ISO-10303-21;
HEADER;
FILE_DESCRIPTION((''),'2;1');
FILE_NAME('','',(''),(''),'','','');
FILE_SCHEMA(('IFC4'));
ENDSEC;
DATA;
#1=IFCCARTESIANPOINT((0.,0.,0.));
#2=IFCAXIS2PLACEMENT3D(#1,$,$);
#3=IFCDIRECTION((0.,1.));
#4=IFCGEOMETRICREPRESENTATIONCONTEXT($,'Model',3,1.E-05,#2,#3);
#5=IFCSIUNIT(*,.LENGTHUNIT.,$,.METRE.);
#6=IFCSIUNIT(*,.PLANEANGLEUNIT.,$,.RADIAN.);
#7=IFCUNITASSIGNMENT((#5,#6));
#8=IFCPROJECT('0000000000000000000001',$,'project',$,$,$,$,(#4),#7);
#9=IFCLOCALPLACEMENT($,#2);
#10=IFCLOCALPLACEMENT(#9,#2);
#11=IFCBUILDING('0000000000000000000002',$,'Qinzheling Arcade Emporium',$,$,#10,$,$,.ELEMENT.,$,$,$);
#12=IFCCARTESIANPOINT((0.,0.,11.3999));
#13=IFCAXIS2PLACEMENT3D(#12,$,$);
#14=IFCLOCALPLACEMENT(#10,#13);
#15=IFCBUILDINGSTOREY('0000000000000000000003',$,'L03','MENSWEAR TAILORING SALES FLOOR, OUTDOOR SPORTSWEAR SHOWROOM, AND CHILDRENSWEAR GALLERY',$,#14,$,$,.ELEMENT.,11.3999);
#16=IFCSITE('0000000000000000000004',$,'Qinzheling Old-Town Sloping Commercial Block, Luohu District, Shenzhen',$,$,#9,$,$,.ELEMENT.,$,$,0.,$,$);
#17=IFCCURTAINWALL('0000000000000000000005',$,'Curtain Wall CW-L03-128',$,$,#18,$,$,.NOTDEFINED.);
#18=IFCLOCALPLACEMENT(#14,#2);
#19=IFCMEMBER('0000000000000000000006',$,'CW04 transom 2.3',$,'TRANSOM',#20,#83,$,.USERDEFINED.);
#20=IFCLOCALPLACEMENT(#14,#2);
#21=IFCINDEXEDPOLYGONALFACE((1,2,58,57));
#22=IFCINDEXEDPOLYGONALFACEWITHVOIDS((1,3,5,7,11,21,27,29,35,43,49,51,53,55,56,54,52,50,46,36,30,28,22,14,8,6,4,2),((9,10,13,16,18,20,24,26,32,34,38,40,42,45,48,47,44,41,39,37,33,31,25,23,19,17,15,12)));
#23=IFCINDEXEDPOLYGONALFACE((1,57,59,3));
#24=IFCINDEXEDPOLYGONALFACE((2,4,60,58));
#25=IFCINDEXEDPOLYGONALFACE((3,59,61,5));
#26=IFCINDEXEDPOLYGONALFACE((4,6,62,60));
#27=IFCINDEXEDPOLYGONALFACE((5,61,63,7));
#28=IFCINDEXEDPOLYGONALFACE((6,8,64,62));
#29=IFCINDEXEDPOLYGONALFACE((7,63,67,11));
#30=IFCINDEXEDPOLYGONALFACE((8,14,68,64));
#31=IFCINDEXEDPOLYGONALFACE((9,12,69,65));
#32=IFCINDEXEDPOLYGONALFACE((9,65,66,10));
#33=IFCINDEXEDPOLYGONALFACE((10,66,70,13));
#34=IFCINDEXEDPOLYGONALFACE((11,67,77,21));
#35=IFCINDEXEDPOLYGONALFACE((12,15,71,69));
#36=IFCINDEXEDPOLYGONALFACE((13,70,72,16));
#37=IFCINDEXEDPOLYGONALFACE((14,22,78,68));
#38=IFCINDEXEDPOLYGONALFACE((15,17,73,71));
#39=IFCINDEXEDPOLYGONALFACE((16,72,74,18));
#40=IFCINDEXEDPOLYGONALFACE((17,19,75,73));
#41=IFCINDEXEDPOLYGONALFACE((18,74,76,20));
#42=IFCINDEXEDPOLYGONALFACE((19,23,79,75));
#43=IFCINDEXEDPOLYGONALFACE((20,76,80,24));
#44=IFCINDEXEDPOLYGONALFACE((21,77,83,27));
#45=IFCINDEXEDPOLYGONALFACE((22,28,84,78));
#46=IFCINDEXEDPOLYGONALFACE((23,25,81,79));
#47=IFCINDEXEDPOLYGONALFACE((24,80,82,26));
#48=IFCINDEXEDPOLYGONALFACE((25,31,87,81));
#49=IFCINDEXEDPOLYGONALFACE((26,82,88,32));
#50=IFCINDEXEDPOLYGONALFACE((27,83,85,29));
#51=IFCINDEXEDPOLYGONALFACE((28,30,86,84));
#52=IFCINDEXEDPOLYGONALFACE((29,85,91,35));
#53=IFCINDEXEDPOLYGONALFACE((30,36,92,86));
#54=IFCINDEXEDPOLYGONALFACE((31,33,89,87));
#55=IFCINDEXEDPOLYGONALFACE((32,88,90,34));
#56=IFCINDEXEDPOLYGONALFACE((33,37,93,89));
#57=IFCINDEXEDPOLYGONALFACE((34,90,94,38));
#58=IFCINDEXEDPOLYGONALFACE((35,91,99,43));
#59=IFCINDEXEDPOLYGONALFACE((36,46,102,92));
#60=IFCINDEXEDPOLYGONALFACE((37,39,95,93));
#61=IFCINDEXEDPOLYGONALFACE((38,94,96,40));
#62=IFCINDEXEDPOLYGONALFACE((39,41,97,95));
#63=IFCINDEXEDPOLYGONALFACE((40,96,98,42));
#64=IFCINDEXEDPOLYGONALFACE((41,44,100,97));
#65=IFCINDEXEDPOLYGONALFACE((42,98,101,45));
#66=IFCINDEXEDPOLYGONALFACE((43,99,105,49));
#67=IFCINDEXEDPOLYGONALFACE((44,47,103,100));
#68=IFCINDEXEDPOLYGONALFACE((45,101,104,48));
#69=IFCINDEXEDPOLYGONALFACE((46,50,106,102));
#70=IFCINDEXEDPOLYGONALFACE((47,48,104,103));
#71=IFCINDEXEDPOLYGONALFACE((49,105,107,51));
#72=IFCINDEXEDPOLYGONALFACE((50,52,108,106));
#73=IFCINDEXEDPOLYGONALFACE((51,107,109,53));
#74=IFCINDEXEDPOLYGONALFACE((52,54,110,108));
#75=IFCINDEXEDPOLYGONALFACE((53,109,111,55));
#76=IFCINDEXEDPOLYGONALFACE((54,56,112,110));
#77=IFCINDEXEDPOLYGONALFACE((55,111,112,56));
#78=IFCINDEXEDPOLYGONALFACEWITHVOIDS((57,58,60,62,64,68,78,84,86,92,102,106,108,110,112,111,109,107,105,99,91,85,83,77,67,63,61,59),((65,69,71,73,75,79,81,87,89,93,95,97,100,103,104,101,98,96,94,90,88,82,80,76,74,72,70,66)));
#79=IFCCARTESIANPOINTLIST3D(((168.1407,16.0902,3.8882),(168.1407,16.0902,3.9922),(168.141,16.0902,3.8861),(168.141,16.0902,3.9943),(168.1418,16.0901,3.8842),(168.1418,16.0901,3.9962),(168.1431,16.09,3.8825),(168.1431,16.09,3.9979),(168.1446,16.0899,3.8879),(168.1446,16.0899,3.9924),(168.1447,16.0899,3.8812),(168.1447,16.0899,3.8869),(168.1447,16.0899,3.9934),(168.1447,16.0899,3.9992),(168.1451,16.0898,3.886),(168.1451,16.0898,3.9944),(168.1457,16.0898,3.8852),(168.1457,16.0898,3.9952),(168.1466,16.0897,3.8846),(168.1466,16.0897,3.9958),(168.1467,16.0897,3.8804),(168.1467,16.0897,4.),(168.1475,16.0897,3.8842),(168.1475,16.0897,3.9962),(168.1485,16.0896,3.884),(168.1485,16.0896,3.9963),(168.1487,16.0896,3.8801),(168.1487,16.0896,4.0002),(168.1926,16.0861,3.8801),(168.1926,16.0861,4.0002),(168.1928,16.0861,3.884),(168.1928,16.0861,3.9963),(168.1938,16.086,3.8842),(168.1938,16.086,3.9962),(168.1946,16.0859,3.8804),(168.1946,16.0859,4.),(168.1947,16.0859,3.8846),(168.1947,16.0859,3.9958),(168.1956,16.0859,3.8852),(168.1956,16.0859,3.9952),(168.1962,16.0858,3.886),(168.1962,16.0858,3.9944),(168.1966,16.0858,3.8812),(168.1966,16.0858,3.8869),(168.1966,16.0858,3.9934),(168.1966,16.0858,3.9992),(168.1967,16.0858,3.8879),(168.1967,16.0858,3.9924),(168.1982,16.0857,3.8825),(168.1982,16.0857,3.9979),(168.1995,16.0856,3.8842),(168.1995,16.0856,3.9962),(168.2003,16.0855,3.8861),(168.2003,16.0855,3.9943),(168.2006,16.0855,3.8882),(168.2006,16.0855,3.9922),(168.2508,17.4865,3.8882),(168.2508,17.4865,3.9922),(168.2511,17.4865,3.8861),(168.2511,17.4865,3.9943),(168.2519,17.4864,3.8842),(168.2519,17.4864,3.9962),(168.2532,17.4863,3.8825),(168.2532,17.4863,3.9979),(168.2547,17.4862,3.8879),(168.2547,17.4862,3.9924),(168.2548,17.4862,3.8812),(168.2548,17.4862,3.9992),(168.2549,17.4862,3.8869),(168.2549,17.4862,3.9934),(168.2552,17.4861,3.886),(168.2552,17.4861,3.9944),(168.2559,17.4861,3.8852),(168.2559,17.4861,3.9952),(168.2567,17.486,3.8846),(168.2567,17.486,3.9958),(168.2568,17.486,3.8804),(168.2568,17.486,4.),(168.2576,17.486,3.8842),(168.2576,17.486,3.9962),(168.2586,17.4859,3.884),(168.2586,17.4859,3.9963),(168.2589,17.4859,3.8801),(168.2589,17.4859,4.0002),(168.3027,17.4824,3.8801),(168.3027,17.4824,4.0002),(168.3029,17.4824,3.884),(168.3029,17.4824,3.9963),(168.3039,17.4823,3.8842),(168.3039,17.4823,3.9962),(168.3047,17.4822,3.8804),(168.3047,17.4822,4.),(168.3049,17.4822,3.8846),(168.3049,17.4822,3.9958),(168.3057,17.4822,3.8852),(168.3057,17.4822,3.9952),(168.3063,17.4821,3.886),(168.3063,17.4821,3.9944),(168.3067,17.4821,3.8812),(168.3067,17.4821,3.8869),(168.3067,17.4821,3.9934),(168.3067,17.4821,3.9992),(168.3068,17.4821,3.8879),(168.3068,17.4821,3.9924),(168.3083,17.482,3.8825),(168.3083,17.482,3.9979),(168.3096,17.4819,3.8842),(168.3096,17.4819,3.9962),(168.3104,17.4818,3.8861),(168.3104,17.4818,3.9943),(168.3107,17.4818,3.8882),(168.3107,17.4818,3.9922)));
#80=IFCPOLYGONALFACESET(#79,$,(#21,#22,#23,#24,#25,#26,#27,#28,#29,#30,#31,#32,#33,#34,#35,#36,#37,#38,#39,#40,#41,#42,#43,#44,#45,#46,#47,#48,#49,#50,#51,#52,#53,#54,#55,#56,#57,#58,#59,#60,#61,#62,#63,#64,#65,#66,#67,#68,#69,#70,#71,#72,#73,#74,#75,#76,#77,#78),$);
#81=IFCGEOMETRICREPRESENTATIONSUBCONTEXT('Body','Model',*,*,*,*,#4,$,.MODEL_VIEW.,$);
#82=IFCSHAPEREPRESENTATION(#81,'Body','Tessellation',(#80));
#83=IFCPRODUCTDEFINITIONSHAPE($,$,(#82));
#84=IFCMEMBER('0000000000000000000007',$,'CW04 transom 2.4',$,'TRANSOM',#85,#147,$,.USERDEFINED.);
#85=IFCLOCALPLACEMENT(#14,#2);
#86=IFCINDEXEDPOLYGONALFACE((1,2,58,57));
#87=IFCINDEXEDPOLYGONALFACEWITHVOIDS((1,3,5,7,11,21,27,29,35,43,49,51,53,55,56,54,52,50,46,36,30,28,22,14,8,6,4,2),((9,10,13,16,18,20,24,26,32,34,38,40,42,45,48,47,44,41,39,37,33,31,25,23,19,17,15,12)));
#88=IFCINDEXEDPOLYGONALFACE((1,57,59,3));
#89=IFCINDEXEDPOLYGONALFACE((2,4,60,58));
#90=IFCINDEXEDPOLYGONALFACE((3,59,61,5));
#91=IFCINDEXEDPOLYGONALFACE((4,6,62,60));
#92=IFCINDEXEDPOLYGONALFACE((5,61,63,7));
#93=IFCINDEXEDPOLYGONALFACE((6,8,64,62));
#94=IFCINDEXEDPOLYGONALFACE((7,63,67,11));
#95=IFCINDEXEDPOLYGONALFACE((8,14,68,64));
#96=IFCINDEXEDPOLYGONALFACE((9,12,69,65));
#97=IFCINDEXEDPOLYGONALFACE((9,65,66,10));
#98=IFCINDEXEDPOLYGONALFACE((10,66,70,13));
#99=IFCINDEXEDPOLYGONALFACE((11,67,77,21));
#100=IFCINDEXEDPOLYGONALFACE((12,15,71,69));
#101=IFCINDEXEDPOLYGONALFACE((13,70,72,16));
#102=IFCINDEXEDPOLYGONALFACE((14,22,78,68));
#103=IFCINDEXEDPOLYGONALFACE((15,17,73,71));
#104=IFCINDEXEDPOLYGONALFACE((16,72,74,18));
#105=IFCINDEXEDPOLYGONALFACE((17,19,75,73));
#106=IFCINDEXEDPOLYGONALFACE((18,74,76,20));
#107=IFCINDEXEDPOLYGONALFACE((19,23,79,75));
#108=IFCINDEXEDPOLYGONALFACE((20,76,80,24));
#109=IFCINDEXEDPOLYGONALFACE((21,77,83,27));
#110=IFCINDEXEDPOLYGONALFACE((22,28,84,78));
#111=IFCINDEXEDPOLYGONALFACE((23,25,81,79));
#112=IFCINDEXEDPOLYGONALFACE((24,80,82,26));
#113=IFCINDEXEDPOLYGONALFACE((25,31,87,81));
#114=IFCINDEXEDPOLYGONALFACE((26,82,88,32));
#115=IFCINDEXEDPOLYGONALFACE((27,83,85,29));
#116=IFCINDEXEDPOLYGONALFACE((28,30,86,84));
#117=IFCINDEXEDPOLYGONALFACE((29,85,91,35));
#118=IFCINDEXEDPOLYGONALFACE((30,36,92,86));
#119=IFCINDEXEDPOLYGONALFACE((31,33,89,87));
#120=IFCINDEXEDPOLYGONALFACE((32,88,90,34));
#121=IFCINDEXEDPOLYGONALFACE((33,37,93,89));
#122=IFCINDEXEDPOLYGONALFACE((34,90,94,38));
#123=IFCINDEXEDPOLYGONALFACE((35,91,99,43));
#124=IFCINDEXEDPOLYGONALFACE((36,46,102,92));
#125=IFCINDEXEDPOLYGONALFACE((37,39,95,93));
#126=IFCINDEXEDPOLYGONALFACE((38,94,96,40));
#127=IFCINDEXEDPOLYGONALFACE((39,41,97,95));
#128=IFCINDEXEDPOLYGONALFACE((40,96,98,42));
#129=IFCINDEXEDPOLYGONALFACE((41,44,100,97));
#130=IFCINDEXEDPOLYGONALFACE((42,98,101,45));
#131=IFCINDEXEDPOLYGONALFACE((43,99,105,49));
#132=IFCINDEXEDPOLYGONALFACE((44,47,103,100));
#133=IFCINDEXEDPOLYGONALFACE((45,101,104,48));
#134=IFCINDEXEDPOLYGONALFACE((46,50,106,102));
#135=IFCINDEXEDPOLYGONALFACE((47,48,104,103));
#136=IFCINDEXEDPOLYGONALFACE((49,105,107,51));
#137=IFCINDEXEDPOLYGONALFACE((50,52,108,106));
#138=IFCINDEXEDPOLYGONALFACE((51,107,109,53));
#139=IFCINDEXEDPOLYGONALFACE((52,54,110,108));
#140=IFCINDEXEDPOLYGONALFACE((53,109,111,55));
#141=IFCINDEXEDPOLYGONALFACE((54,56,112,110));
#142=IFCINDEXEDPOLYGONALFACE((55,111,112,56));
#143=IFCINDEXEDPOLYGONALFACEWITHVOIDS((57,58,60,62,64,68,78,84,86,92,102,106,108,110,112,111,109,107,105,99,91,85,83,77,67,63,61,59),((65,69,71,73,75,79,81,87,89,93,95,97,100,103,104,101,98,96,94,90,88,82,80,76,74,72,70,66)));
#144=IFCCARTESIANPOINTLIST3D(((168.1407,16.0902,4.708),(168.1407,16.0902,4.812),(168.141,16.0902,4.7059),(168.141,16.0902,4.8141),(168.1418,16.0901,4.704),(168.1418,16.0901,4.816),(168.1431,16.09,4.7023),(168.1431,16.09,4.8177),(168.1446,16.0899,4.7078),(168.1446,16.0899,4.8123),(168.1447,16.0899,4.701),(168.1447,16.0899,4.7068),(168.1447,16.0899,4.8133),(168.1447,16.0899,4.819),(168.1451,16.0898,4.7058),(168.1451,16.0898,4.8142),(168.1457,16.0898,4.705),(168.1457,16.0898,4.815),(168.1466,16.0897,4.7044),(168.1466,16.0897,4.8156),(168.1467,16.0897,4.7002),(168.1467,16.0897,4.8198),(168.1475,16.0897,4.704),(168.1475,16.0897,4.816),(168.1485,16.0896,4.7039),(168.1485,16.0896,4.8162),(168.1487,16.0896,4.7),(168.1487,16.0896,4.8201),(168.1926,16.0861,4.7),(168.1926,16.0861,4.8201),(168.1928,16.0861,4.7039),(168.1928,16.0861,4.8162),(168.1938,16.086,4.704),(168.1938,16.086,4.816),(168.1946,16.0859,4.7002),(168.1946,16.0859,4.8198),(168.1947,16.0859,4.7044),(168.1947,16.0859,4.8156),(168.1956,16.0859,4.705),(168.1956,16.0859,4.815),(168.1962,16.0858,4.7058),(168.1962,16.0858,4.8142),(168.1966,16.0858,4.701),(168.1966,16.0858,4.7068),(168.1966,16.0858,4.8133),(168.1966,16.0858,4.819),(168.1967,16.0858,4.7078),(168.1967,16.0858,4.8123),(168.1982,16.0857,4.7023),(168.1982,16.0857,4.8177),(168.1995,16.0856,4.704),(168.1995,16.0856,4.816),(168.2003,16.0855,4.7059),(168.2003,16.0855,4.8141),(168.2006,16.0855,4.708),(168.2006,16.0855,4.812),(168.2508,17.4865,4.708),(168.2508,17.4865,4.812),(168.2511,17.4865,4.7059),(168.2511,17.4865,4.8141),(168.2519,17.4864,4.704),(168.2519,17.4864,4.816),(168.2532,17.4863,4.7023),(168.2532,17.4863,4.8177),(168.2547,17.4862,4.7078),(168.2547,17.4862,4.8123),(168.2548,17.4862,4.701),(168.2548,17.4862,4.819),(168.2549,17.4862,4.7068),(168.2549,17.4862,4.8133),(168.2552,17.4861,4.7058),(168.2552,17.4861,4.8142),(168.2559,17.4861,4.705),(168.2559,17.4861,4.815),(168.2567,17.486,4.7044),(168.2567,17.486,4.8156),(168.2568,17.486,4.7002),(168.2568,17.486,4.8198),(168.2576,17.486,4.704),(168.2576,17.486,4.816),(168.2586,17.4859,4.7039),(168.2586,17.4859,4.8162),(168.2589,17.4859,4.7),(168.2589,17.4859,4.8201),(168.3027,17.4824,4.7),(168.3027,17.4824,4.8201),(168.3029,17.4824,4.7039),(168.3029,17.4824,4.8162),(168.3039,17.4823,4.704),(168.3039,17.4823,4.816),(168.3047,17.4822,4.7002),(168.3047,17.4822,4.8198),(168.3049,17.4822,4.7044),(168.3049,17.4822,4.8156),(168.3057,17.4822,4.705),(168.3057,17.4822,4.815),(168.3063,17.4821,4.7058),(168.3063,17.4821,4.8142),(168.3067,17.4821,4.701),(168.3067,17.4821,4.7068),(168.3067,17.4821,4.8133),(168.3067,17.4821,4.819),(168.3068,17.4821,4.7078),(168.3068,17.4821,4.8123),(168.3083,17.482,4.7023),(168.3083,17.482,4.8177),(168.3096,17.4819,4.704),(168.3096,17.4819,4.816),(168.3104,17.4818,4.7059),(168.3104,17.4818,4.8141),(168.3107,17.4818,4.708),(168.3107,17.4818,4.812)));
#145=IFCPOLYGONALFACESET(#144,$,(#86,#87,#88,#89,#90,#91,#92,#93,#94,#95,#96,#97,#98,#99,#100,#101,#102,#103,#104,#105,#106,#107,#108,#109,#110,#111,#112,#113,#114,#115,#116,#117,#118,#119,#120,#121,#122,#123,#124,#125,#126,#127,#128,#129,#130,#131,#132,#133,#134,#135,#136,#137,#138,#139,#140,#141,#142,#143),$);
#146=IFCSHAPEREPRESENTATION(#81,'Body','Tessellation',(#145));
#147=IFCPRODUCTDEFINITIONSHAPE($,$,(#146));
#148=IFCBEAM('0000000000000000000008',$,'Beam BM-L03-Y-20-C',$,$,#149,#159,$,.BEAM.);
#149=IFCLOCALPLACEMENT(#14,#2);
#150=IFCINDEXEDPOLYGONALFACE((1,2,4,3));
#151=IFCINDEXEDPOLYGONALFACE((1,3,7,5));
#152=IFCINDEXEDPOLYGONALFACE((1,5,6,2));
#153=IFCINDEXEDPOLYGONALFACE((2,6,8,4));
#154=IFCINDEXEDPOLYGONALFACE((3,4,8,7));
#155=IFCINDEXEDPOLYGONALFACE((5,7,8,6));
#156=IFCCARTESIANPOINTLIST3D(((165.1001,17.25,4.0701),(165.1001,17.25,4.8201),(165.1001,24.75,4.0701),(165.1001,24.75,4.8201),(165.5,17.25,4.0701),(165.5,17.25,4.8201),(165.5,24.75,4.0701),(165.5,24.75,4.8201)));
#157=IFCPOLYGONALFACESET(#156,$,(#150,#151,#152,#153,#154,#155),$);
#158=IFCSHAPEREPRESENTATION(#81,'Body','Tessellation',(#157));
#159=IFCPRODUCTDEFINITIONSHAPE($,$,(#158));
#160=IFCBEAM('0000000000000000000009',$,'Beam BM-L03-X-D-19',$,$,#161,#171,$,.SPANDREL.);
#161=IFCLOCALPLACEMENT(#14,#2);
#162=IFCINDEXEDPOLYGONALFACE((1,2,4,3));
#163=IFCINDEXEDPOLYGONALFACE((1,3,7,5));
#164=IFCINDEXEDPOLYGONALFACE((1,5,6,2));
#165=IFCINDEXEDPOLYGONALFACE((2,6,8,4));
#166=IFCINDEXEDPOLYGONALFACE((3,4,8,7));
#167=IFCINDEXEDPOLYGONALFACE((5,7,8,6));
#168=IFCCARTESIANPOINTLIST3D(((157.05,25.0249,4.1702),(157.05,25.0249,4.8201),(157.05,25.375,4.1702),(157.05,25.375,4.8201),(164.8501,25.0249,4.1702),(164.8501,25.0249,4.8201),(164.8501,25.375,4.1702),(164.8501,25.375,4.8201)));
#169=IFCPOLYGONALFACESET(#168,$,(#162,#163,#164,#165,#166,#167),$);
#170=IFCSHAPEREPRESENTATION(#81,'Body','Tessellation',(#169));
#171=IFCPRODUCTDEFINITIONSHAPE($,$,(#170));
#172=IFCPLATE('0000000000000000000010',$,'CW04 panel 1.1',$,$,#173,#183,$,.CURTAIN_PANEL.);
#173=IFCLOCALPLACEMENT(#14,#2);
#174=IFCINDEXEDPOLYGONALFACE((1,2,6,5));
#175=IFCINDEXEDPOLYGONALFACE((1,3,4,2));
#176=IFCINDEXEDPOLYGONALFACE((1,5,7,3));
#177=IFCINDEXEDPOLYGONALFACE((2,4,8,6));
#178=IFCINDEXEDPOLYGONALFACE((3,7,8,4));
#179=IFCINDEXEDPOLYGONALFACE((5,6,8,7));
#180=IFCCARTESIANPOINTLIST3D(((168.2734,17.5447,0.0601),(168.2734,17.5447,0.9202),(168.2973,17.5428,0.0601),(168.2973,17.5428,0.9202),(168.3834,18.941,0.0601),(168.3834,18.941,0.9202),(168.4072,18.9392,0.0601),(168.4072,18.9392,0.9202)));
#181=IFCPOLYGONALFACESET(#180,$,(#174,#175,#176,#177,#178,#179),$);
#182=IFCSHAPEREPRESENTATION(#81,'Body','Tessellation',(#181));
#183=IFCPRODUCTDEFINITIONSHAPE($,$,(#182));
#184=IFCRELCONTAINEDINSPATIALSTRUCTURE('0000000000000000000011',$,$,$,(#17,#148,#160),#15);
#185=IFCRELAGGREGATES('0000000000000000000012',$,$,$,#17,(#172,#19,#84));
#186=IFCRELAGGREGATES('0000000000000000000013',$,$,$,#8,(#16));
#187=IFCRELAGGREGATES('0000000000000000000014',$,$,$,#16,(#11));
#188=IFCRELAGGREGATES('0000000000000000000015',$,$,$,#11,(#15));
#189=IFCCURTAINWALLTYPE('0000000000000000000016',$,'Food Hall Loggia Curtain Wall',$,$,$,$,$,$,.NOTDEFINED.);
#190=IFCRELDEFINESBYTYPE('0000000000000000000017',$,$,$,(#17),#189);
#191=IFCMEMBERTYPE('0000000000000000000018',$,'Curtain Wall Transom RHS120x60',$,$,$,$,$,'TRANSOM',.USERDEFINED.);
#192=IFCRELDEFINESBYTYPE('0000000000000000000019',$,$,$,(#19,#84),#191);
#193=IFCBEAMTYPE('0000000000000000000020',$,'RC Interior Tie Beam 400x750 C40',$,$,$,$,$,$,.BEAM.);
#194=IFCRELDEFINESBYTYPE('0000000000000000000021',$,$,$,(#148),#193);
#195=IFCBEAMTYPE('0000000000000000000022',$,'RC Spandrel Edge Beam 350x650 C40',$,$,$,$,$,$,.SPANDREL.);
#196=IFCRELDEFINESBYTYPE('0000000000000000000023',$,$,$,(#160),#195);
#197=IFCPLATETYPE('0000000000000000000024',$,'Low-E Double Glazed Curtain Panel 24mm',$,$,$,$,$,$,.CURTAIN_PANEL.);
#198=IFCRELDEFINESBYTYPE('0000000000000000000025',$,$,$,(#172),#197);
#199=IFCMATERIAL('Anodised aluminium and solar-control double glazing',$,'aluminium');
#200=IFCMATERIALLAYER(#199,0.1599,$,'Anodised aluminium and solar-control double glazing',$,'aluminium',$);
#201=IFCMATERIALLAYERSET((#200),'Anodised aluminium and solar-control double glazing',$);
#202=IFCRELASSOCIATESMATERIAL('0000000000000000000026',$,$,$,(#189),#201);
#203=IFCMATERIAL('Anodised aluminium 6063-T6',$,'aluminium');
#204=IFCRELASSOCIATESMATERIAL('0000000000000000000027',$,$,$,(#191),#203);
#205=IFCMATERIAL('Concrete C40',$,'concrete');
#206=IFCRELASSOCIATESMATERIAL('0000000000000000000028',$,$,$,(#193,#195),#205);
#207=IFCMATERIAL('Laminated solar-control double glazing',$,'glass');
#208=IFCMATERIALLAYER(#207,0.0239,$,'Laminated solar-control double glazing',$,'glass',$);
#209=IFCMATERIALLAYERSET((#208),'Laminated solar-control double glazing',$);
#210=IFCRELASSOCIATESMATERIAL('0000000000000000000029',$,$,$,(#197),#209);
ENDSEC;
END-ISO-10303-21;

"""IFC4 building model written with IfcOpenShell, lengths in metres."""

from ifc_helpers import new_model, si_unit, direction, frame, origin, origin_2d, place, context, subcontext, project, spatial, rectangle, hollow_rectangle, extrude, material, layer, layer_set, material_profile, profile_set, type_object, element, aggregate, save


model = new_model("IFC4")

# Units and contexts
model_context = context("Model", 3, precision=1e-05, world=origin(), true_north=direction((0.0, 1.0)))
body_context = subcontext(model_context, "Body", "Model", "MODEL_VIEW")
ifc_project = project(units=[si_unit("LENGTHUNIT", "METRE"), si_unit("PLANEANGLEUNIT", "RADIAN")], contexts=[model_context])

# Site, building, storey
site_placement = place(None, origin())
site = spatial("IfcSite", under=ifc_project, at=site_placement, Name="Qinzheling Old-Town Sloping Commercial Block, Luohu District, Shenzhen", CompositionType="ELEMENT", RefElevation=0.0)
building_placement = place(site_placement, origin())
building = spatial("IfcBuilding", under=site, at=building_placement, Name="Qinzheling Arcade Emporium", CompositionType="ELEMENT")
storey_placement = place(building_placement, frame((0.0, 0.0, 11.3999)))
storey = spatial("IfcBuildingStorey", under=building, at=storey_placement, Name="L03", Description="MENSWEAR TAILORING SALES FLOOR, OUTDOOR SPORTSWEAR SHOWROOM, AND CHILDRENSWEAR GALLERY", CompositionType="ELEMENT", Elevation=11.3999)

# Curtain wall, members
ifc_material_1 = material(Name="Anodised aluminium and solar-control double glazing", Category="aluminium")
ifc_layer_1 = layer(ifc_material_1, 0.1599, Name="Anodised aluminium and solar-control double glazing", Category="aluminium")
ifc_layer_set_1 = layer_set([ifc_layer_1], Name="Anodised aluminium and solar-control double glazing")
curtain_wall_type = type_object("IfcCurtainWallType", Name="Food Hall Loggia Curtain Wall", PredefinedType="NOTDEFINED", material=ifc_layer_set_1)
curtain_wall_placement = place(storey_placement, origin())
curtain_wall = element("IfcCurtainWall", 1, at=curtain_wall_placement, inside=storey, type_object=curtain_wall_type, Name="Curtain Wall CW-L03-128", PredefinedType="NOTDEFINED")
ifc_material_2 = material(Name="Anodised aluminium 6063-T6", Category="aluminium")
ifc_material_profile_1 = material_profile(ifc_material_2, hollow_rectangle(XDim=0.0601, YDim=0.1201, WallThickness=0.0039, InnerFilletRadius=0.0039, OuterFilletRadius=0.0081, at=origin_2d()), Name="RHS 120x60x4", Category="aluminium")
ifc_profile_set_1 = profile_set([ifc_material_profile_1], Name="Anodised aluminium 6063-T6")
member_type_1 = type_object("IfcMemberType", Name="Curtain Wall Transom RHS120x60", ElementType="TRANSOM", PredefinedType="USERDEFINED", material=ifc_profile_set_1)
member_1_placement = place(storey_placement, frame((168.2808, 17.4841, 3.9402), z_axis=(-0.078616, -0.996905, 0.0), x_axis=(0.996905, -0.078616, 0.0)))
member_1 = element("IfcMember", 2, at=member_1_placement, type_object=member_type_1, Name="CW04 transom 2.3", ObjectType="TRANSOM", PredefinedType="USERDEFINED", context=body_context, shape_type="SweptSolid", body=[
    extrude(hollow_rectangle(XDim=0.0601, YDim=0.1201, WallThickness=0.0039, InnerFilletRadius=0.0039, OuterFilletRadius=0.0081, at=origin_2d()), origin(), (0.0, 0.0, 1.0), 1.4006),
])
member_2_placement = place(storey_placement, frame((168.2808, 17.4841, 4.76), z_axis=(-0.078616, -0.996905, 0.0), x_axis=(0.996905, -0.078616, 0.0)))
member_2 = element("IfcMember", 3, at=member_2_placement, type_object=member_type_1, Name="CW04 transom 2.4", ObjectType="TRANSOM", PredefinedType="USERDEFINED", context=body_context, shape_type="SweptSolid", body=[
    extrude(hollow_rectangle(XDim=0.0601, YDim=0.1201, WallThickness=0.0039, InnerFilletRadius=0.0039, OuterFilletRadius=0.0081, at=origin_2d()), origin(), (0.0, 0.0, 1.0), 1.4006),
])

# Beams
ifc_material_3 = material(Name="Concrete C40", Category="concrete")
ifc_material_profile_2 = material_profile(ifc_material_3, rectangle(XDim=0.3999, YDim=0.75, at=origin_2d()), Name="RC 400x750", Category="concrete")
ifc_profile_set_2 = profile_set([ifc_material_profile_2], Name="Concrete C40")
beam_type_1 = type_object("IfcBeamType", Name="RC Interior Tie Beam 400x750 C40", PredefinedType="BEAM", material=ifc_profile_set_2)
beam_1_placement = place(storey_placement, frame((165.3, 17.25, 4.4451), z_axis=(0.0, 1.0, 0.0), x_axis=(-1.0, 0.0, 0.0)))
element("IfcBeam", 4, at=beam_1_placement, inside=storey, type_object=beam_type_1, Name="Beam BM-L03-Y-20-C", PredefinedType="BEAM", context=body_context, shape_type="SweptSolid", body=[
    extrude(rectangle(XDim=0.3999, YDim=0.75, at=origin_2d()), origin(), (0.0, 0.0, 1.0), 7.5),
])
ifc_material_profile_3 = material_profile(ifc_material_3, rectangle(XDim=0.3501, YDim=0.6499, at=origin_2d()), Name="RC 350x650", Category="concrete")
ifc_profile_set_3 = profile_set([ifc_material_profile_3], Name="Concrete C40")
beam_type_2 = type_object("IfcBeamType", Name="RC Spandrel Edge Beam 350x650 C40", PredefinedType="SPANDREL", material=ifc_profile_set_3)
beam_2_placement = place(storey_placement, frame((157.05, 25.2, 4.4951), z_axis=(1.0, 0.0, 0.0), x_axis=(0.0, 1.0, 0.0)))
element("IfcBeam", 5, at=beam_2_placement, inside=storey, type_object=beam_type_2, Name="Beam BM-L03-X-D-19", PredefinedType="SPANDREL", context=body_context, shape_type="SweptSolid", body=[
    extrude(rectangle(XDim=0.3501, YDim=0.6499, at=origin_2d()), origin(), (0.0, 0.0, 1.0), 7.8),
])

# Plate
ifc_material_4 = material(Name="Laminated solar-control double glazing", Category="glass")
ifc_layer_2 = layer(ifc_material_4, 0.0239, Name="Laminated solar-control double glazing", Category="glass")
ifc_layer_set_2 = layer_set([ifc_layer_2], Name="Laminated solar-control double glazing")
plate_type = type_object("IfcPlateType", Name="Low-E Double Glazed Curtain Panel 24mm", PredefinedType="CURTAIN_PANEL", material=ifc_layer_set_2)
plate_1_placement = place(storey_placement, frame((168.3403, 18.2419, 0.0601), z_axis=(0.0, 0.0, 1.0), x_axis=(-0.078492, -0.996915, 0.0)))
plate_1 = element("IfcPlate", 6, at=plate_1_placement, type_object=plate_type, Name="CW04 panel 1.1", PredefinedType="CURTAIN_PANEL", context=body_context, shape_type="SweptSolid", body=[
    extrude(rectangle(XDim=1.4006, YDim=0.0239, at=origin_2d()), origin(), (0.0, 0.0, 1.0), 0.8601),
])
aggregate(curtain_wall, [plate_1, member_1, member_2])

save(model, "model.ifc")
